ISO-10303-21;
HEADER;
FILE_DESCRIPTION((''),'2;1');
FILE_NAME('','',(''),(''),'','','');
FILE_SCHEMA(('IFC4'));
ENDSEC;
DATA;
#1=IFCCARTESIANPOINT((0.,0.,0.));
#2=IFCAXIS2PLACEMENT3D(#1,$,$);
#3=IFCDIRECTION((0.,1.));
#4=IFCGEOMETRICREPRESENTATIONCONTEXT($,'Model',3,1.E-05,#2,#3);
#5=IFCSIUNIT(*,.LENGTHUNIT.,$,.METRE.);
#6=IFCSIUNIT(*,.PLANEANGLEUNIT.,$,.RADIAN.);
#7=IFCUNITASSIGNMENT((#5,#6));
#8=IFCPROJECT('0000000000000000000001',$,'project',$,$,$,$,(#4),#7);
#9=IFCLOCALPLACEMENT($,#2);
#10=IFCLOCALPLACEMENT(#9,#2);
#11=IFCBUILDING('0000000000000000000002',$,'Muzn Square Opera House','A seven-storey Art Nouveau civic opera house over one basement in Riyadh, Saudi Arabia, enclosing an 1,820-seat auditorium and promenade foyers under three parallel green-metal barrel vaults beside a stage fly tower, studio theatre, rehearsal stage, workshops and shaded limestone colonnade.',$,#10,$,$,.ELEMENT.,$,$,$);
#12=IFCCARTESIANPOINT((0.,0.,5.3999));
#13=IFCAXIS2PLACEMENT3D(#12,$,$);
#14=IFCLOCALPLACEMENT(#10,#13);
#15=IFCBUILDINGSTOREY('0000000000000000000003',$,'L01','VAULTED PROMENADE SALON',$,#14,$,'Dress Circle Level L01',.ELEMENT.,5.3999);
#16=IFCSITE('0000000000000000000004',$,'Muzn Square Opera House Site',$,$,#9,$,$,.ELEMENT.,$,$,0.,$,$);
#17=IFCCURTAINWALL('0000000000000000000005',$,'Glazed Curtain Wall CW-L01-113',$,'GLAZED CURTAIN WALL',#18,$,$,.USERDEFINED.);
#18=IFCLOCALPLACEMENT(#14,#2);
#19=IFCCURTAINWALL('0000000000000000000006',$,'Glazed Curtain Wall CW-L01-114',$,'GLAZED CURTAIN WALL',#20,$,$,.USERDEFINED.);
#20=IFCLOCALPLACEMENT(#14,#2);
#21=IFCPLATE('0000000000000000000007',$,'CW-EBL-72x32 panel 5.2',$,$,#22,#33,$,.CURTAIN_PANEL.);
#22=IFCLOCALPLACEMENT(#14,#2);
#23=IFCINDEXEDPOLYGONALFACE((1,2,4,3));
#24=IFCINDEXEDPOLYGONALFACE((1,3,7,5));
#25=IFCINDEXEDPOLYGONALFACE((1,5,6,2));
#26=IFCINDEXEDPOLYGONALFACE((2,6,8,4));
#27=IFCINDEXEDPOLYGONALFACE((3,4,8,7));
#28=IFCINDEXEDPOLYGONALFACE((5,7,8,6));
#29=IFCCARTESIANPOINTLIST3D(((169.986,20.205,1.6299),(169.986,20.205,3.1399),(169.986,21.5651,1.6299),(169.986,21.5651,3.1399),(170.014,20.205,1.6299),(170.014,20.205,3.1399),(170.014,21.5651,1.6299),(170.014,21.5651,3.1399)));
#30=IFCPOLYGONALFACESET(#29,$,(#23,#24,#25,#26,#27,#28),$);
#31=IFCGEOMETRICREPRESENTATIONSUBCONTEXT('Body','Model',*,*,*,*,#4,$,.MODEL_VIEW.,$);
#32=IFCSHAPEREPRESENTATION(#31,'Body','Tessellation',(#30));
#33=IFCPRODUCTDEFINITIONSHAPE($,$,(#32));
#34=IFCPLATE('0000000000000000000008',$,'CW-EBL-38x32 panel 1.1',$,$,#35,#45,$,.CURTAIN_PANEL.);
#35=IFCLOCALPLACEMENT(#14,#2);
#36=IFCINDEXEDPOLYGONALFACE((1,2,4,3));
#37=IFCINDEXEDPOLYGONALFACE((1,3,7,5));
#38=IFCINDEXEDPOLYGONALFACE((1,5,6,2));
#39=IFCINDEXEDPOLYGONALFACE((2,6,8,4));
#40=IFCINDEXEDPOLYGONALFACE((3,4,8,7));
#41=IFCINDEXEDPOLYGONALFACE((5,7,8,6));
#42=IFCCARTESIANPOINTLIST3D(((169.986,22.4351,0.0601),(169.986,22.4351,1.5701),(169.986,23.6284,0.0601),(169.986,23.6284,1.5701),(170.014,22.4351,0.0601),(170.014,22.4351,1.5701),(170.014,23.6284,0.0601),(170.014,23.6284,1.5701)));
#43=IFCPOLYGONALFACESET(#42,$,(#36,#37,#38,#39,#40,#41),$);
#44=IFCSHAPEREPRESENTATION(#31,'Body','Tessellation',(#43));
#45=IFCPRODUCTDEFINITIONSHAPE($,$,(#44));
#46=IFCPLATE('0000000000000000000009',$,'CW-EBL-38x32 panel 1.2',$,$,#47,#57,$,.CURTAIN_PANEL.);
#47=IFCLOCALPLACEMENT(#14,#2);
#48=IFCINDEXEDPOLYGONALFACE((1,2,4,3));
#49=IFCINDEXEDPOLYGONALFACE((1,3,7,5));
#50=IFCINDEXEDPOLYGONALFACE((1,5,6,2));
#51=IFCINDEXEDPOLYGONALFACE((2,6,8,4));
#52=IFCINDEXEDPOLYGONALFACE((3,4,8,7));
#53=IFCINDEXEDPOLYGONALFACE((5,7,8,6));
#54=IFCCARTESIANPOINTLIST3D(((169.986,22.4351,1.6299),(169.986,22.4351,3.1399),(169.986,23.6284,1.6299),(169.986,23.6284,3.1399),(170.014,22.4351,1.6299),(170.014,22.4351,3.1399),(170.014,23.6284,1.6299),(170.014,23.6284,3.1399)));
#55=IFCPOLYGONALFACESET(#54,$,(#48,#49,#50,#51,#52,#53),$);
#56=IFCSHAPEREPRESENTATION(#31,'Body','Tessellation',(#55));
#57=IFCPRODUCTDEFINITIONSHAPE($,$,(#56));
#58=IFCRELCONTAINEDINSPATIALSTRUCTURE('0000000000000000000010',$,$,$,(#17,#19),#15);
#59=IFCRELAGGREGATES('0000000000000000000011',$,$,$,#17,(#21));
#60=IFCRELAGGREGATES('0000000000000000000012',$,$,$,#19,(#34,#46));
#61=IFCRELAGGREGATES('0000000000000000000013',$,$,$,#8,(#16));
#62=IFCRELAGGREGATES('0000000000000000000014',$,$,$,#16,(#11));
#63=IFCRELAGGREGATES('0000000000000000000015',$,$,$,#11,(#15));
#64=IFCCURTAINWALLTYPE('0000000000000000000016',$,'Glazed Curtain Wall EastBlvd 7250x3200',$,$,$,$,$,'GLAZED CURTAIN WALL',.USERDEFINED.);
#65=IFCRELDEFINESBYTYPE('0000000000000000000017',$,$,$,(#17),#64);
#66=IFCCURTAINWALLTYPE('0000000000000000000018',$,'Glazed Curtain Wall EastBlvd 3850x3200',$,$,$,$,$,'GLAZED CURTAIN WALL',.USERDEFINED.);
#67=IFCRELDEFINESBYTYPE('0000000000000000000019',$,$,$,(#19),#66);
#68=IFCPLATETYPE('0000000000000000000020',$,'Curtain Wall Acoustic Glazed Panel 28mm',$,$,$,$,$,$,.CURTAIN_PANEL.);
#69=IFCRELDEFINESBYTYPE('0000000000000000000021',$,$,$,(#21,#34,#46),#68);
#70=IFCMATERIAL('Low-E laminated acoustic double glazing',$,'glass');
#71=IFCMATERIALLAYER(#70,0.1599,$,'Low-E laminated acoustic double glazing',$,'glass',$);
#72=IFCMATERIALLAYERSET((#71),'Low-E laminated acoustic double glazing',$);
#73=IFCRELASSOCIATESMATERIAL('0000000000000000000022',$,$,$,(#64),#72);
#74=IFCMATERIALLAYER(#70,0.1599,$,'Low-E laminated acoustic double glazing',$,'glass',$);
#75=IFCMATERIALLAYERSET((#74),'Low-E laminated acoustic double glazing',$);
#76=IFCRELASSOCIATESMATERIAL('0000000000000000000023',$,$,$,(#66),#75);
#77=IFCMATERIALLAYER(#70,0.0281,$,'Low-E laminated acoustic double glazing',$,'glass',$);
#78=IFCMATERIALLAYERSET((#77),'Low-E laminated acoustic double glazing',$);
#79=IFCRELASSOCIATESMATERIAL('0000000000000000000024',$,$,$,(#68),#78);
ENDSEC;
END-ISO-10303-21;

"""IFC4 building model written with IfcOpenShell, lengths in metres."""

from ifc_helpers import new_model, si_unit, direction, frame, origin, origin_2d, place, context, subcontext, project, spatial, rectangle, extrude, material, layer, layer_set, type_object, element, aggregate, save


model = new_model("IFC4")

# Units and contexts
model_context = context("Model", 3, precision=1e-05, world=origin(), true_north=direction((0.0, 1.0)))
body_context = subcontext(model_context, "Body", "Model", "MODEL_VIEW")
ifc_project = project(units=[si_unit("LENGTHUNIT", "METRE"), si_unit("PLANEANGLEUNIT", "RADIAN")], contexts=[model_context])

# Site, building, storey
site_placement = place(None, origin())
site = spatial("IfcSite", under=ifc_project, at=site_placement, Name="Muzn Square Opera House Site", CompositionType="ELEMENT", RefElevation=0.0)
building_placement = place(site_placement, origin())
building = spatial("IfcBuilding", under=site, at=building_placement, Name="Muzn Square Opera House", Description="A seven-storey Art Nouveau civic opera house over one basement in Riyadh, Saudi Arabia, enclosing an 1,820-seat auditorium and promenade foyers under three parallel green-metal barrel vaults beside a stage fly tower, studio theatre, rehearsal stage, workshops and shaded limestone colonnade.", CompositionType="ELEMENT")
storey_placement = place(building_placement, frame((0.0, 0.0, 5.3999)))
storey = spatial("IfcBuildingStorey", under=building, at=storey_placement, Name="L01", Description="VAULTED PROMENADE SALON", LongName="Dress Circle Level L01", CompositionType="ELEMENT", Elevation=5.3999)

# Curtain walls
ifc_material_1 = material(Name="Low-E laminated acoustic double glazing", Category="glass")
ifc_layer_1 = layer(ifc_material_1, 0.1599, Name="Low-E laminated acoustic double glazing", Category="glass")
ifc_layer_set_1 = layer_set([ifc_layer_1], Name="Low-E laminated acoustic double glazing")
curtain_wall_type_1 = type_object("IfcCurtainWallType", Name="Glazed Curtain Wall EastBlvd 7250x3200", ElementType="GLAZED CURTAIN WALL", PredefinedType="USERDEFINED", material=ifc_layer_set_1)
curtain_wall_1_placement = place(storey_placement, origin())
curtain_wall_1 = element("IfcCurtainWall", 1, at=curtain_wall_1_placement, inside=storey, type_object=curtain_wall_type_1, Name="Glazed Curtain Wall CW-L01-113", ObjectType="GLAZED CURTAIN WALL", PredefinedType="USERDEFINED")
ifc_layer_2 = layer(ifc_material_1, 0.1599, Name="Low-E laminated acoustic double glazing", Category="glass")
ifc_layer_set_2 = layer_set([ifc_layer_2], Name="Low-E laminated acoustic double glazing")
curtain_wall_type_2 = type_object("IfcCurtainWallType", Name="Glazed Curtain Wall EastBlvd 3850x3200", ElementType="GLAZED CURTAIN WALL", PredefinedType="USERDEFINED", material=ifc_layer_set_2)
curtain_wall_2_placement = place(storey_placement, origin())
curtain_wall_2 = element("IfcCurtainWall", 2, at=curtain_wall_2_placement, inside=storey, type_object=curtain_wall_type_2, Name="Glazed Curtain Wall CW-L01-114", ObjectType="GLAZED CURTAIN WALL", PredefinedType="USERDEFINED")

# Plates
ifc_layer_3 = layer(ifc_material_1, 0.0281, Name="Low-E laminated acoustic double glazing", Category="glass")
ifc_layer_set_3 = layer_set([ifc_layer_3], Name="Low-E laminated acoustic double glazing")
plate_type = type_object("IfcPlateType", Name="Curtain Wall Acoustic Glazed Panel 28mm", PredefinedType="CURTAIN_PANEL", material=ifc_layer_set_3)
plate_1_placement = place(storey_placement, frame((170.0, 20.885, 1.6299), z_axis=(0.0, 0.0, 1.0), x_axis=(0.0, 1.0, 0.0)))
plate_1 = element("IfcPlate", 3, at=plate_1_placement, type_object=plate_type, Name="CW-EBL-72x32 panel 5.2", PredefinedType="CURTAIN_PANEL", context=body_context, shape_type="SweptSolid", body=[
    extrude(rectangle(XDim=1.3601, YDim=0.0281, at=origin_2d()), origin(), (0.0, 0.0, 1.0), 1.51),
])
aggregate(curtain_wall_1, [plate_1])
plate_2_placement = place(storey_placement, frame((170.0, 23.0317, 0.0601), z_axis=(0.0, 0.0, 1.0), x_axis=(0.0, 1.0, 0.0)))
plate_2 = element("IfcPlate", 4, at=plate_2_placement, type_object=plate_type, Name="CW-EBL-38x32 panel 1.1", PredefinedType="CURTAIN_PANEL", context=body_context, shape_type="SweptSolid", body=[
    extrude(rectangle(XDim=1.1934, YDim=0.0281, at=origin_2d()), origin(), (0.0, 0.0, 1.0), 1.51),
])
plate_3_placement = place(storey_placement, frame((170.0, 23.0317, 1.6299), z_axis=(0.0, 0.0, 1.0), x_axis=(0.0, 1.0, 0.0)))
plate_3 = element("IfcPlate", 5, at=plate_3_placement, type_object=plate_type, Name="CW-EBL-38x32 panel 1.2", PredefinedType="CURTAIN_PANEL", context=body_context, shape_type="SweptSolid", body=[
    extrude(rectangle(XDim=1.1934, YDim=0.0281, at=origin_2d()), origin(), (0.0, 0.0, 1.0), 1.51),
])
aggregate(curtain_wall_2, [plate_2, plate_3])

save(model, "model.ifc")
